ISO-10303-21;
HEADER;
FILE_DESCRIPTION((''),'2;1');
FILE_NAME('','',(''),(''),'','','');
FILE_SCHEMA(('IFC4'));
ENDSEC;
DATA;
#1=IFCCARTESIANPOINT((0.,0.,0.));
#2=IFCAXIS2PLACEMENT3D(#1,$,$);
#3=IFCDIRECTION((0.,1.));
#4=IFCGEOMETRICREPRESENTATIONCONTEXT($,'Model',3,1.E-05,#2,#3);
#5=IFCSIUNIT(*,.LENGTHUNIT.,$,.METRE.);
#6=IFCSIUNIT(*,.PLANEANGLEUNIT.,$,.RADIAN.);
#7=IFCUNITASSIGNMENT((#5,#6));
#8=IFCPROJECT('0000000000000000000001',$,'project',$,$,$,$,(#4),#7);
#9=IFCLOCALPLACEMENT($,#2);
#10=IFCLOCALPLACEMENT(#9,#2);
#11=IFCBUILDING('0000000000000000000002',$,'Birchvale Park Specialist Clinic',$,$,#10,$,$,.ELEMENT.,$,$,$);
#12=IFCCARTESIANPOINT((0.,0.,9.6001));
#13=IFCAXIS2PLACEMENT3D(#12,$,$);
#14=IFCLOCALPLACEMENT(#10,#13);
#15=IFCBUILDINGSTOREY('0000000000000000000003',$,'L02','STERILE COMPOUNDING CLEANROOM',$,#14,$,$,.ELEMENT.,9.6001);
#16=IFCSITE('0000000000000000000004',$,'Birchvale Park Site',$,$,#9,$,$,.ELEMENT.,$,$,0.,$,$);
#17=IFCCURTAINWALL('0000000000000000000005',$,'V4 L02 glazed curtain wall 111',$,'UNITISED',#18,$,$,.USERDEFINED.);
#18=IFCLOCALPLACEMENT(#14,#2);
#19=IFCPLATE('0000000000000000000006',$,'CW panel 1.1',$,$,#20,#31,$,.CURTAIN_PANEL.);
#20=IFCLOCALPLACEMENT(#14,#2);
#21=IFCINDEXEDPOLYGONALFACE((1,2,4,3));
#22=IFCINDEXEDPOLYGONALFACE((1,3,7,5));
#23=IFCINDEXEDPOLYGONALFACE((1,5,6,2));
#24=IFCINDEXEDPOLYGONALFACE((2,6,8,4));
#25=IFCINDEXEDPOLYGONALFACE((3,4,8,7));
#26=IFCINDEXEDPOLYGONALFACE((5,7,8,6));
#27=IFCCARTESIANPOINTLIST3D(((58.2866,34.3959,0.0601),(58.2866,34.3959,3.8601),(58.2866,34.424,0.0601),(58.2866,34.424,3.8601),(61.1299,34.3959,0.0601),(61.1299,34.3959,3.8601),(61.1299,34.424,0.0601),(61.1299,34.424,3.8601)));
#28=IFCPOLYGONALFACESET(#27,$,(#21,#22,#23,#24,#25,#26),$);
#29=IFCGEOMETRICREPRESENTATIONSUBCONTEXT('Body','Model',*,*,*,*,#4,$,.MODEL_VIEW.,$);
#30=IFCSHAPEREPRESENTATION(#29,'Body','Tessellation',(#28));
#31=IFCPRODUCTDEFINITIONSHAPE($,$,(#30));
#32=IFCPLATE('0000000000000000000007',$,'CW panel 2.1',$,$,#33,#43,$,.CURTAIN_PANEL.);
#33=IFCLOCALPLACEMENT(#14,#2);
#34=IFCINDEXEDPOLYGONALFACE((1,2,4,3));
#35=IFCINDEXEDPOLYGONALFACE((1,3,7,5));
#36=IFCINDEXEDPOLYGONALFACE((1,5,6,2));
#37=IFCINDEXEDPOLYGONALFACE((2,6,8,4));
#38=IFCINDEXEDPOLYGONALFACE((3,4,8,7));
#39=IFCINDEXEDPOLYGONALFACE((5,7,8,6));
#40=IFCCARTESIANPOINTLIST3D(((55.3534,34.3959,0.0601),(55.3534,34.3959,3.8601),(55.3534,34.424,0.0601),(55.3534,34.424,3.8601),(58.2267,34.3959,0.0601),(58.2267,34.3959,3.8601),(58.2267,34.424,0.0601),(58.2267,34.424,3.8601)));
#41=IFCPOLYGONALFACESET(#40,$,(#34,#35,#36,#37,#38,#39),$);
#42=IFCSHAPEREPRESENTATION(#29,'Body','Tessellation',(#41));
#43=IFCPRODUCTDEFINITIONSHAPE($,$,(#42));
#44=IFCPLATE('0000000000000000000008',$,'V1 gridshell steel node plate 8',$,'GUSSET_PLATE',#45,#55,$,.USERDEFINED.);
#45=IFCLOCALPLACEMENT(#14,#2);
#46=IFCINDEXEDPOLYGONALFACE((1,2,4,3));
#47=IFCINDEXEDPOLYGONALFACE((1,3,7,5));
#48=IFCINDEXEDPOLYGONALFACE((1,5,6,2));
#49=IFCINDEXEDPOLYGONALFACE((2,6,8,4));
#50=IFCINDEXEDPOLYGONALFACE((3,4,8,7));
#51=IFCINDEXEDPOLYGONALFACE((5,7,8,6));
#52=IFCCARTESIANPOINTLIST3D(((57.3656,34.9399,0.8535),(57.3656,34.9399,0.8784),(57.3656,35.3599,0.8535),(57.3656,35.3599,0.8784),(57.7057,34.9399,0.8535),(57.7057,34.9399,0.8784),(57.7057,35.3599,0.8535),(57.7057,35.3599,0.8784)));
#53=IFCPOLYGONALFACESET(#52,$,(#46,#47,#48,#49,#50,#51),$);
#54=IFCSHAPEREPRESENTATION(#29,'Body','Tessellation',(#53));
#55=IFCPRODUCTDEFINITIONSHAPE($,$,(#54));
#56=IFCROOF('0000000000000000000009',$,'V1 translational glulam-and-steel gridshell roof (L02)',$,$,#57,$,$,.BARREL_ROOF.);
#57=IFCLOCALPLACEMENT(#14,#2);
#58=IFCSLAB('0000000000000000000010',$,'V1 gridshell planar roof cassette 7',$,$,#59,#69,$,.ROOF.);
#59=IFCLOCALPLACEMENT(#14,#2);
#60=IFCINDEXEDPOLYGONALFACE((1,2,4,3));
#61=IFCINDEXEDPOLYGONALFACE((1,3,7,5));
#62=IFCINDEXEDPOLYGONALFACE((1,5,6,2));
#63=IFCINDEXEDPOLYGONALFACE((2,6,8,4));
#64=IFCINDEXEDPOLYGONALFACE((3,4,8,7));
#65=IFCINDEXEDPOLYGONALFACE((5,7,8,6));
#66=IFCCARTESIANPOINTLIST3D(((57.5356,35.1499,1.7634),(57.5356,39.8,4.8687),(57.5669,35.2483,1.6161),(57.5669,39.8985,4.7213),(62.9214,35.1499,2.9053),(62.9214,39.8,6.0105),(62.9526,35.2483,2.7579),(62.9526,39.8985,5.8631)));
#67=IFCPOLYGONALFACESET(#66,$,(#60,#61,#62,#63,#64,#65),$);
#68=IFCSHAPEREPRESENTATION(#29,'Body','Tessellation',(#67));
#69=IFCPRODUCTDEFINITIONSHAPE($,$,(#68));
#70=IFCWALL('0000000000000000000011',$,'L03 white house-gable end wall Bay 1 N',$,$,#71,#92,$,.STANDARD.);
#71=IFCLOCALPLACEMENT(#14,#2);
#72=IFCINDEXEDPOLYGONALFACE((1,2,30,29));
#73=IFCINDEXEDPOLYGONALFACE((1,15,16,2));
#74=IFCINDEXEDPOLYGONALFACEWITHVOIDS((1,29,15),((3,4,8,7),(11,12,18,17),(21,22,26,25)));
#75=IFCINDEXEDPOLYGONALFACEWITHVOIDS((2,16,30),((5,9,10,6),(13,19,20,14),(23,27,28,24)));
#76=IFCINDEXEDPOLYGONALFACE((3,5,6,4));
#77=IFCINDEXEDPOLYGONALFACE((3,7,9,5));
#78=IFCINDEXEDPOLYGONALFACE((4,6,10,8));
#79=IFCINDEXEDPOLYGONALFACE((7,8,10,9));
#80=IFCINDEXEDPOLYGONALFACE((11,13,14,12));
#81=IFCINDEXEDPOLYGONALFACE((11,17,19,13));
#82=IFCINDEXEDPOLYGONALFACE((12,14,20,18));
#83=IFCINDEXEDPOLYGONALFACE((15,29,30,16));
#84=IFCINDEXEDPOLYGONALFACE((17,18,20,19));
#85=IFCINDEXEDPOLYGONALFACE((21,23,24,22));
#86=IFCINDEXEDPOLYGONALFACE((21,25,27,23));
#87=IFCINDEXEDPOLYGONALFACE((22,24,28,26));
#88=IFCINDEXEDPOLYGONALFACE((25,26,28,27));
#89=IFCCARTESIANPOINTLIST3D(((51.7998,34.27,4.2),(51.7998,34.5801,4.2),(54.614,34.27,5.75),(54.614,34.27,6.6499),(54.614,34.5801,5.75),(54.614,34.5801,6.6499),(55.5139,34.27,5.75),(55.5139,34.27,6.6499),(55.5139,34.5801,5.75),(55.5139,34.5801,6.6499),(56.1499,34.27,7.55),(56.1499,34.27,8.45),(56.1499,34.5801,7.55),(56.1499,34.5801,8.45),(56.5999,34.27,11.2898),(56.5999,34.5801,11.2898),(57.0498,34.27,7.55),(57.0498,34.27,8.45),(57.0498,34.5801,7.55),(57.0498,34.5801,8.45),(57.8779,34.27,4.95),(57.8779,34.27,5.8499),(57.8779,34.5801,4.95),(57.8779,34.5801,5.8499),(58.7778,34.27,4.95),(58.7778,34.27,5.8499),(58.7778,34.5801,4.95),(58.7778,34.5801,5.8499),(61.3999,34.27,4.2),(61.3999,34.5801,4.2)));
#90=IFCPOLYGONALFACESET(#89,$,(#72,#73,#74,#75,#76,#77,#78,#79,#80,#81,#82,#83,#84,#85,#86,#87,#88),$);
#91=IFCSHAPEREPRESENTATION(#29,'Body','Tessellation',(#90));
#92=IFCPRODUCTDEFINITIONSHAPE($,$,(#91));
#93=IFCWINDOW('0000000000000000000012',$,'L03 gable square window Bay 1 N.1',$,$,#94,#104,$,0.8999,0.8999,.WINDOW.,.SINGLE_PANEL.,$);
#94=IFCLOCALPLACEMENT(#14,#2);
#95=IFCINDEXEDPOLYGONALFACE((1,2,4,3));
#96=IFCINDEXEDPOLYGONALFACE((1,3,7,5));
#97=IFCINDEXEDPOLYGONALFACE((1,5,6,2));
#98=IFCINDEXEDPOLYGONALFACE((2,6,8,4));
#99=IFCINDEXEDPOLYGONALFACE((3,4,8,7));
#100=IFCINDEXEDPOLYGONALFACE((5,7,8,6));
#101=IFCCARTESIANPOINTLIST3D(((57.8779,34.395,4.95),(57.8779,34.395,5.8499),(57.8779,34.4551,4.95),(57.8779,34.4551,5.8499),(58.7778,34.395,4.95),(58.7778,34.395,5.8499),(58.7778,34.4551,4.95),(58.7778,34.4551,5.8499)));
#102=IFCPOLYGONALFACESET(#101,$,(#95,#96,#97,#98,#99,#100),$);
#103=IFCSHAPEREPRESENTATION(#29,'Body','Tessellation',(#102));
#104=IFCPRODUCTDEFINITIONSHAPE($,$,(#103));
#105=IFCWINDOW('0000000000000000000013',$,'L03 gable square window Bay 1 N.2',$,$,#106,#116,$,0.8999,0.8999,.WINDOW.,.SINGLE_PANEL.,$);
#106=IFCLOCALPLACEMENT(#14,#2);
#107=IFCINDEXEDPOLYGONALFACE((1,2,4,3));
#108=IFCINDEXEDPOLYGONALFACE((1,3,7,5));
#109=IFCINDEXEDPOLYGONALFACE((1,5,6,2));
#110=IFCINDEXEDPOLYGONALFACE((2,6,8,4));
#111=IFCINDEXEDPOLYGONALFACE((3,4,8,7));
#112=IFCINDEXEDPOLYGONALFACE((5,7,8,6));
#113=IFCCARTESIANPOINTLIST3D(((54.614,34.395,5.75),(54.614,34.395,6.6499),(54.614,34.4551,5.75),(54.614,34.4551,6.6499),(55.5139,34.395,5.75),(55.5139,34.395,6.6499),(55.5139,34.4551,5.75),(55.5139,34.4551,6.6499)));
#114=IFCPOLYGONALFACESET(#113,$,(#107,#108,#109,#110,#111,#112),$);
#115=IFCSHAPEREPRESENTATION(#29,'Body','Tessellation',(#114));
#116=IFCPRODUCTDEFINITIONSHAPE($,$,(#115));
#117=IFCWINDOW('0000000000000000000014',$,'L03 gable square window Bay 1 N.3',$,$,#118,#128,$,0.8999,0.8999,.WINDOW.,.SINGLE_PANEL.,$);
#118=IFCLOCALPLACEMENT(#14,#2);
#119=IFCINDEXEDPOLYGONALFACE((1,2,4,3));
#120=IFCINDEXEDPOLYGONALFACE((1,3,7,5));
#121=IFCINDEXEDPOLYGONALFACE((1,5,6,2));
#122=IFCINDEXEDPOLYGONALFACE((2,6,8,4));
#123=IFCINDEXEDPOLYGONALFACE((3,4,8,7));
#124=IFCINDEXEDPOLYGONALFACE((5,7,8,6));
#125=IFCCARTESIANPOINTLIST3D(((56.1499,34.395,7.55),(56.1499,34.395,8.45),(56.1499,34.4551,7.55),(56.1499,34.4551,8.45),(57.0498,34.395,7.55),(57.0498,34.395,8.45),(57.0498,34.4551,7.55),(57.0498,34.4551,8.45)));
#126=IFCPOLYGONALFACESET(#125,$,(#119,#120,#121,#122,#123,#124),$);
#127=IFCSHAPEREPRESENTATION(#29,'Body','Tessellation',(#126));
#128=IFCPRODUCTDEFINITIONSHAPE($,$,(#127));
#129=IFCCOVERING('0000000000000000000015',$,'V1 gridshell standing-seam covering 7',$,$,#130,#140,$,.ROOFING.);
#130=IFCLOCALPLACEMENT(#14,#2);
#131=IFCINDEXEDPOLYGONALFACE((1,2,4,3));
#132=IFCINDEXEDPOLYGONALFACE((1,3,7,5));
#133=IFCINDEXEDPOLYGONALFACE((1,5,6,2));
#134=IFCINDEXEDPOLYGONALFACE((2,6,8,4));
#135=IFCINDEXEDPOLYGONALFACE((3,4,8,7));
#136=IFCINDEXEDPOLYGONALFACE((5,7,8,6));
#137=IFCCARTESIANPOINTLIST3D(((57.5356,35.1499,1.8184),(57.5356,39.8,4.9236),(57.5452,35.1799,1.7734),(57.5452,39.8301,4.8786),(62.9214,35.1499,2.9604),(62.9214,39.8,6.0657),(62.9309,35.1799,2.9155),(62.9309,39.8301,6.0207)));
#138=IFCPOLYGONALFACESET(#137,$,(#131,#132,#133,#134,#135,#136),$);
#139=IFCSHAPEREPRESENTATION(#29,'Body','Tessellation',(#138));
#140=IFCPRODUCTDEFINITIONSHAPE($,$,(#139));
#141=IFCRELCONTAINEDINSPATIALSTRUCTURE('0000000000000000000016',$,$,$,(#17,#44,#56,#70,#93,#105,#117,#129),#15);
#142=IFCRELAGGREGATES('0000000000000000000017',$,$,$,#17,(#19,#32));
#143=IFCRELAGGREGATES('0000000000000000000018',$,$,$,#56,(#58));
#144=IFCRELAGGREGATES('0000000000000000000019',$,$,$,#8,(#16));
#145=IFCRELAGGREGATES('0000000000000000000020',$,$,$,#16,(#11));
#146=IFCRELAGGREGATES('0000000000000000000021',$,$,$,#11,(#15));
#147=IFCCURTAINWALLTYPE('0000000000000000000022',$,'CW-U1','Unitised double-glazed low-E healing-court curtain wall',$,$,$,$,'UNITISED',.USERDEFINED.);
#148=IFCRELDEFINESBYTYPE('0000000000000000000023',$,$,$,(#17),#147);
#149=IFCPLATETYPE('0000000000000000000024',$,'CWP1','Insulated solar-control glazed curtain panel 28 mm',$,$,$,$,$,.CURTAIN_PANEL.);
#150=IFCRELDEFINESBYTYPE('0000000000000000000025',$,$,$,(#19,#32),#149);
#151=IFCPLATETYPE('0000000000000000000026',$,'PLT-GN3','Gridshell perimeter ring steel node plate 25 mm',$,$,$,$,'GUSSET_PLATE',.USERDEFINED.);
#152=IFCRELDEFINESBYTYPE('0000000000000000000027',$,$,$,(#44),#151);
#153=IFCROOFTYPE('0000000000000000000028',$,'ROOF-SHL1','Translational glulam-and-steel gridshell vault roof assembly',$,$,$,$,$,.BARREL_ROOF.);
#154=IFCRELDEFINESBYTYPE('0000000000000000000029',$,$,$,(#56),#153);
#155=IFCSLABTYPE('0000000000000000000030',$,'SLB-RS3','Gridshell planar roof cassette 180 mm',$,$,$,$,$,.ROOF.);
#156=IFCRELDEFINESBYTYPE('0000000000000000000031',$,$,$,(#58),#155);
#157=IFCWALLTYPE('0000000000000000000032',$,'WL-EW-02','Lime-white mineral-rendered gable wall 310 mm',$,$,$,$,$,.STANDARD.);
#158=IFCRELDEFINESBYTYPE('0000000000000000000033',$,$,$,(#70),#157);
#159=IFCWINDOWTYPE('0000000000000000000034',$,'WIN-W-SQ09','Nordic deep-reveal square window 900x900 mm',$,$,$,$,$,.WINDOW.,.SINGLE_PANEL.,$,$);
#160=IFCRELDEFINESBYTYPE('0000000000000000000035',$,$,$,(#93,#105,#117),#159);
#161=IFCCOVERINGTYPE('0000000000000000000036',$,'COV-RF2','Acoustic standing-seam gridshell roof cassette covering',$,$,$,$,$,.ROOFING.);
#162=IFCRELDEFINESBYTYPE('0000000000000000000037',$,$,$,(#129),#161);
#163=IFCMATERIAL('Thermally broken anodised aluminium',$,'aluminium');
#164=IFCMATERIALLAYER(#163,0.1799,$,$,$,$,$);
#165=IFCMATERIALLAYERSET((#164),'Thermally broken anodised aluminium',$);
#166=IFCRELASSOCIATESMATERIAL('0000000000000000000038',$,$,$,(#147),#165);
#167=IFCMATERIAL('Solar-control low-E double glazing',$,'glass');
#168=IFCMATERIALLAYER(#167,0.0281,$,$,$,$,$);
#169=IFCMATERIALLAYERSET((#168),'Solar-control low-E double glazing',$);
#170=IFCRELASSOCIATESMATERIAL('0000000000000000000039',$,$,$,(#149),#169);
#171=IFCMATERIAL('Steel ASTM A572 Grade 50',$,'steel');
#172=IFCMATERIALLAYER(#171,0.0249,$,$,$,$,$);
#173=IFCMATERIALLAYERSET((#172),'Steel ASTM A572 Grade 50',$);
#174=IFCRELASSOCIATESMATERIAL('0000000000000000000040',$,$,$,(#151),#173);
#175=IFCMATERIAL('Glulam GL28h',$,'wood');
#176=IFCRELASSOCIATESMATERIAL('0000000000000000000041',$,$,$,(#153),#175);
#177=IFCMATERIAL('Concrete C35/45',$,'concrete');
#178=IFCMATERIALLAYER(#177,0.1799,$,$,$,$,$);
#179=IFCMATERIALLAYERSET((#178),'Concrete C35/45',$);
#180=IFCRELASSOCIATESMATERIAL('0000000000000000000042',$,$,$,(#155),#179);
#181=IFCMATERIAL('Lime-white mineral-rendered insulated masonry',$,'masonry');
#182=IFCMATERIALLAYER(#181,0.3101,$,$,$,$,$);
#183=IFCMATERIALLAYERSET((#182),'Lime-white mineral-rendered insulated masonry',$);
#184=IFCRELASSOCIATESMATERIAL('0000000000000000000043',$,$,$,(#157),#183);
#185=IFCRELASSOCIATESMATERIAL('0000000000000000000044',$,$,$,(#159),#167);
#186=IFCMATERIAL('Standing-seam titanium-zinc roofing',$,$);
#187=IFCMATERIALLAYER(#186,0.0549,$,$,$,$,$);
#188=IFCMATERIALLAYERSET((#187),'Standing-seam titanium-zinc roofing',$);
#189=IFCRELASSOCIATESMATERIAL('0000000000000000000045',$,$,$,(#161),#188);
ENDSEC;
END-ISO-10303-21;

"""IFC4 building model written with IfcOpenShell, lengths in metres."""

from ifc_helpers import new_model, si_unit, direction, frame, frame_2d, origin, origin_2d, place, context, subcontext, project, spatial, polyline, rectangle, outline, extrude, material, layer, layer_set, type_object, element, fill, aggregate, save


model = new_model("IFC4")

# Units and contexts
model_context = context("Model", 3, precision=1e-05, world=origin(), true_north=direction((0.0, 1.0)))
body_context = subcontext(model_context, "Body", "Model", "MODEL_VIEW")
ifc_project = project(units=[si_unit("LENGTHUNIT", "METRE"), si_unit("PLANEANGLEUNIT", "RADIAN")], contexts=[model_context])

# Site, building, storey
site_placement = place(None, origin())
site = spatial("IfcSite", under=ifc_project, at=site_placement, Name="Birchvale Park Site", CompositionType="ELEMENT", RefElevation=0.0)
building_placement = place(site_placement, origin())
building = spatial("IfcBuilding", under=site, at=building_placement, Name="Birchvale Park Specialist Clinic", CompositionType="ELEMENT")
storey_placement = place(building_placement, frame((0.0, 0.0, 9.6001)))
storey = spatial("IfcBuildingStorey", under=building, at=storey_placement, Name="L02", Description="STERILE COMPOUNDING CLEANROOM", CompositionType="ELEMENT", Elevation=9.6001)

# Curtain wall
ifc_material_1 = material(Name="Thermally broken anodised aluminium", Category="aluminium")
ifc_layer_1 = layer(ifc_material_1, 0.1799)
ifc_layer_set_1 = layer_set([ifc_layer_1], Name="Thermally broken anodised aluminium")
curtain_wall_type = type_object("IfcCurtainWallType", Name="CW-U1", Description="Unitised double-glazed low-E healing-court curtain wall", ElementType="UNITISED", PredefinedType="USERDEFINED", material=ifc_layer_set_1)
curtain_wall_placement = place(storey_placement, origin())
curtain_wall = element("IfcCurtainWall", 1, at=curtain_wall_placement, inside=storey, type_object=curtain_wall_type, Name="V4 L02 glazed curtain wall 111", ObjectType="UNITISED", PredefinedType="USERDEFINED")

# Shared definitions
ifc_material_2 = material(Name="Glulam GL28h", Category="wood")

# Plates
ifc_material_3 = material(Name="Solar-control low-E double glazing", Category="glass")
ifc_layer_2 = layer(ifc_material_3, 0.0281)
ifc_layer_set_2 = layer_set([ifc_layer_2], Name="Solar-control low-E double glazing")
plate_type_1 = type_object("IfcPlateType", Name="CWP1", Description="Insulated solar-control glazed curtain panel 28 mm", PredefinedType="CURTAIN_PANEL", material=ifc_layer_set_2)
plate_1_placement = place(storey_placement, frame((59.7083, 34.4099, 0.0601), z_axis=(0.0, 0.0, 1.0), x_axis=(-1.0, 0.0, 0.0)))
plate_1 = element("IfcPlate", 2, at=plate_1_placement, type_object=plate_type_1, Name="CW panel 1.1", PredefinedType="CURTAIN_PANEL", context=body_context, shape_type="SweptSolid", body=[
    extrude(rectangle(XDim=2.8433, YDim=0.0281, at=origin_2d()), origin(), (0.0, 0.0, 1.0), 3.8),
])
plate_2_placement = place(storey_placement, frame((56.79, 34.4099, 0.0601), z_axis=(0.0, 0.0, 1.0), x_axis=(-1.0, 0.0, 0.0)))
plate_2 = element("IfcPlate", 3, at=plate_2_placement, type_object=plate_type_1, Name="CW panel 2.1", PredefinedType="CURTAIN_PANEL", context=body_context, shape_type="SweptSolid", body=[
    extrude(rectangle(XDim=2.8733, YDim=0.0281, at=origin_2d()), origin(), (0.0, 0.0, 1.0), 3.8),
])
aggregate(curtain_wall, [plate_1, plate_2])
ifc_material_4 = material(Name="Steel ASTM A572 Grade 50", Category="steel")
ifc_layer_3 = layer(ifc_material_4, 0.0249)
ifc_layer_set_3 = layer_set([ifc_layer_3], Name="Steel ASTM A572 Grade 50")
plate_type_2 = type_object("IfcPlateType", Name="PLT-GN3", Description="Gridshell perimeter ring steel node plate 25 mm", ElementType="GUSSET_PLATE", PredefinedType="USERDEFINED", material=ifc_layer_set_3)
plate_3_placement = place(storey_placement, frame((57.5356, 35.1499, 0.8535), z_axis=(0.0, 0.0, 1.0), x_axis=(1.0, 0.0, 0.0)))
element("IfcPlate", 4, at=plate_3_placement, inside=storey, type_object=plate_type_2, Name="V1 gridshell steel node plate 8", ObjectType="GUSSET_PLATE", PredefinedType="USERDEFINED", context=body_context, shape_type="SweptSolid", body=[
    extrude(rectangle(XDim=0.3401, YDim=0.4199, at=origin_2d()), origin(), (0.0, 0.0, 1.0), 0.0249),
])

# Roof, slab
roof_type = type_object("IfcRoofType", Name="ROOF-SHL1", Description="Translational glulam-and-steel gridshell vault roof assembly", PredefinedType="BARREL_ROOF", material=ifc_material_2)
roof_placement = place(storey_placement, origin())
roof = element("IfcRoof", 5, at=roof_placement, inside=storey, type_object=roof_type, Name="V1 translational glulam-and-steel gridshell roof (L02)", PredefinedType="BARREL_ROOF")
ifc_material_5 = material(Name="Concrete C35/45", Category="concrete")
ifc_layer_4 = layer(ifc_material_5, 0.1799)
ifc_layer_set_4 = layer_set([ifc_layer_4], Name="Concrete C35/45")
slab_type = type_object("IfcSlabType", Name="SLB-RS3", Description="Gridshell planar roof cassette 180 mm", PredefinedType="ROOF", material=ifc_layer_set_4)
slab_placement = place(storey_placement, frame((57.5356, 35.1499, 1.7634), z_axis=(-0.173637, -0.546899, 0.818994), x_axis=(0.978256, 0.0, 0.207403)))
slab = element("IfcSlab", 6, at=slab_placement, type_object=slab_type, Name="V1 gridshell planar roof cassette 7", PredefinedType="ROOF", context=body_context, shape_type="SweptSolid", body=[
    extrude(outline(polyline([(0.0, 0.0), (5.5055, 0.0), (6.1495, 5.5544), (0.644, 5.5544), (0.0, 0.0)])), origin(), (0.0, 0.0, -1.0), 0.1799),
])
aggregate(roof, [slab])

# Wall, openings, windows
ifc_material_6 = material(Name="Lime-white mineral-rendered insulated masonry", Category="masonry")
ifc_layer_5 = layer(ifc_material_6, 0.3101)
ifc_layer_set_5 = layer_set([ifc_layer_5], Name="Lime-white mineral-rendered insulated masonry")
wall_type = type_object("IfcWallType", Name="WL-EW-02", Description="Lime-white mineral-rendered gable wall 310 mm", PredefinedType="STANDARD", material=ifc_layer_set_5)
wall_placement = place(storey_placement, frame((61.3999, 34.425, 4.2), z_axis=(0.0, 0.0, 1.0), x_axis=(-1.0, 0.0, 0.0)))
wall = element("IfcWall", 7, at=wall_placement, inside=storey, type_object=wall_type, Name="L03 white house-gable end wall Bay 1 N", PredefinedType="STANDARD", context=body_context, shape_type="SweptSolid", body=[
    extrude(outline(polyline([(0.0, 0.0), (9.5999, 0.0), (9.6001, 0.0), (4.8, 7.0898), (0.0, 0.0), (0.0, 0.0)])), frame((0.0, 0.155, 0.0), z_axis=(0.0, -1.0, 0.0), x_axis=(1.0, 0.0, 0.0)), (0.0, 0.0, 1.0), 0.3101),
])
opening_1_placement = place(wall_placement, frame((2.6221, 0.0, 0.75)))
opening_1 = element("IfcOpeningElement", 8, at=opening_1_placement, cuts=wall, PredefinedType="OPENING", context=body_context, shape_type="SweptSolid", body=[
    extrude(rectangle(XDim=0.8999, YDim=0.8999, at=frame_2d((0.45, 0.45))), frame((0.0, 0.165, 0.0), z_axis=(0.0, -1.0, 0.0), x_axis=(1.0, 0.0, 0.0)), (0.0, 0.0, 1.0), 0.3301),
])
opening_2_placement = place(wall_placement, frame((5.886, 0.0, 1.55)))
opening_2 = element("IfcOpeningElement", 9, at=opening_2_placement, cuts=wall, PredefinedType="OPENING", context=body_context, shape_type="SweptSolid", body=[
    extrude(rectangle(XDim=0.8999, YDim=0.8999, at=frame_2d((0.45, 0.45))), frame((0.0, 0.165, 0.0), z_axis=(0.0, -1.0, 0.0), x_axis=(1.0, 0.0, 0.0)), (0.0, 0.0, 1.0), 0.3301),
])
opening_3_placement = place(wall_placement, frame((4.3501, 0.0, 3.3501)))
opening_3 = element("IfcOpeningElement", 10, at=opening_3_placement, cuts=wall, PredefinedType="OPENING", context=body_context, shape_type="SweptSolid", body=[
    extrude(rectangle(XDim=0.8999, YDim=0.8999, at=frame_2d((0.45, 0.45))), frame((0.0, 0.165, 0.0), z_axis=(0.0, -1.0, 0.0), x_axis=(1.0, 0.0, 0.0)), (0.0, 0.0, 1.0), 0.3301),
])
window_type = type_object("IfcWindowType", Name="WIN-W-SQ09", Description="Nordic deep-reveal square window 900x900 mm", PartitioningType="SINGLE_PANEL", PredefinedType="WINDOW", material=ifc_material_3)
window_1_placement = place(opening_1_placement, origin())
window_1 = element("IfcWindow", 11, at=window_1_placement, inside=storey, type_object=window_type, Name="L03 gable square window Bay 1 N.1", OverallHeight=0.8999, OverallWidth=0.8999, PartitioningType="SINGLE_PANEL", PredefinedType="WINDOW", context=body_context, shape_type="SweptSolid", body=[
    extrude(rectangle(XDim=0.8999, YDim=0.8999, at=frame_2d((0.45, 0.45))), frame((0.0, 0.03, 0.0), z_axis=(0.0, -1.0, 0.0), x_axis=(1.0, 0.0, 0.0)), (0.0, 0.0, 1.0), 0.0601),
])
fill(opening_1, window_1)
window_2_placement = place(opening_2_placement, origin())
window_2 = element("IfcWindow", 12, at=window_2_placement, inside=storey, type_object=window_type, Name="L03 gable square window Bay 1 N.2", OverallHeight=0.8999, OverallWidth=0.8999, PartitioningType="SINGLE_PANEL", PredefinedType="WINDOW", context=body_context, shape_type="SweptSolid", body=[
    extrude(rectangle(XDim=0.8999, YDim=0.8999, at=frame_2d((0.45, 0.45))), frame((0.0, 0.03, 0.0), z_axis=(0.0, -1.0, 0.0), x_axis=(1.0, 0.0, 0.0)), (0.0, 0.0, 1.0), 0.0601),
])
fill(opening_2, window_2)
window_3_placement = place(opening_3_placement, origin())
window_3 = element("IfcWindow", 13, at=window_3_placement, inside=storey, type_object=window_type, Name="L03 gable square window Bay 1 N.3", OverallHeight=0.8999, OverallWidth=0.8999, PartitioningType="SINGLE_PANEL", PredefinedType="WINDOW", context=body_context, shape_type="SweptSolid", body=[
    extrude(rectangle(XDim=0.8999, YDim=0.8999, at=frame_2d((0.45, 0.45))), frame((0.0, 0.03, 0.0), z_axis=(0.0, -1.0, 0.0), x_axis=(1.0, 0.0, 0.0)), (0.0, 0.0, 1.0), 0.0601),
])
fill(opening_3, window_3)

# Covering
ifc_material_7 = material(Name="Standing-seam titanium-zinc roofing")
ifc_layer_6 = layer(ifc_material_7, 0.0549)
ifc_layer_set_6 = layer_set([ifc_layer_6], Name="Standing-seam titanium-zinc roofing")
covering_type = type_object("IfcCoveringType", Name="COV-RF2", Description="Acoustic standing-seam gridshell roof cassette covering", PredefinedType="ROOFING", material=ifc_layer_set_6)
covering_placement = place(storey_placement, frame((57.5356, 35.1499, 1.8184), z_axis=(-0.173673, -0.546896, 0.818989), x_axis=(0.978247, 0.0, 0.207445)))
element("IfcCovering", 14, at=covering_placement, inside=storey, type_object=covering_type, Name="V1 gridshell standing-seam covering 7", PredefinedType="ROOFING", context=body_context, shape_type="SweptSolid", body=[
    extrude(outline(polyline([(0.0, 0.0), (5.5055, 0.0), (6.1497, 5.5544), (0.6442, 5.5544), (0.0, 0.0)])), origin(), (0.0, 0.0, -1.0), 0.0549),
])

save(model, "model.ifc")
